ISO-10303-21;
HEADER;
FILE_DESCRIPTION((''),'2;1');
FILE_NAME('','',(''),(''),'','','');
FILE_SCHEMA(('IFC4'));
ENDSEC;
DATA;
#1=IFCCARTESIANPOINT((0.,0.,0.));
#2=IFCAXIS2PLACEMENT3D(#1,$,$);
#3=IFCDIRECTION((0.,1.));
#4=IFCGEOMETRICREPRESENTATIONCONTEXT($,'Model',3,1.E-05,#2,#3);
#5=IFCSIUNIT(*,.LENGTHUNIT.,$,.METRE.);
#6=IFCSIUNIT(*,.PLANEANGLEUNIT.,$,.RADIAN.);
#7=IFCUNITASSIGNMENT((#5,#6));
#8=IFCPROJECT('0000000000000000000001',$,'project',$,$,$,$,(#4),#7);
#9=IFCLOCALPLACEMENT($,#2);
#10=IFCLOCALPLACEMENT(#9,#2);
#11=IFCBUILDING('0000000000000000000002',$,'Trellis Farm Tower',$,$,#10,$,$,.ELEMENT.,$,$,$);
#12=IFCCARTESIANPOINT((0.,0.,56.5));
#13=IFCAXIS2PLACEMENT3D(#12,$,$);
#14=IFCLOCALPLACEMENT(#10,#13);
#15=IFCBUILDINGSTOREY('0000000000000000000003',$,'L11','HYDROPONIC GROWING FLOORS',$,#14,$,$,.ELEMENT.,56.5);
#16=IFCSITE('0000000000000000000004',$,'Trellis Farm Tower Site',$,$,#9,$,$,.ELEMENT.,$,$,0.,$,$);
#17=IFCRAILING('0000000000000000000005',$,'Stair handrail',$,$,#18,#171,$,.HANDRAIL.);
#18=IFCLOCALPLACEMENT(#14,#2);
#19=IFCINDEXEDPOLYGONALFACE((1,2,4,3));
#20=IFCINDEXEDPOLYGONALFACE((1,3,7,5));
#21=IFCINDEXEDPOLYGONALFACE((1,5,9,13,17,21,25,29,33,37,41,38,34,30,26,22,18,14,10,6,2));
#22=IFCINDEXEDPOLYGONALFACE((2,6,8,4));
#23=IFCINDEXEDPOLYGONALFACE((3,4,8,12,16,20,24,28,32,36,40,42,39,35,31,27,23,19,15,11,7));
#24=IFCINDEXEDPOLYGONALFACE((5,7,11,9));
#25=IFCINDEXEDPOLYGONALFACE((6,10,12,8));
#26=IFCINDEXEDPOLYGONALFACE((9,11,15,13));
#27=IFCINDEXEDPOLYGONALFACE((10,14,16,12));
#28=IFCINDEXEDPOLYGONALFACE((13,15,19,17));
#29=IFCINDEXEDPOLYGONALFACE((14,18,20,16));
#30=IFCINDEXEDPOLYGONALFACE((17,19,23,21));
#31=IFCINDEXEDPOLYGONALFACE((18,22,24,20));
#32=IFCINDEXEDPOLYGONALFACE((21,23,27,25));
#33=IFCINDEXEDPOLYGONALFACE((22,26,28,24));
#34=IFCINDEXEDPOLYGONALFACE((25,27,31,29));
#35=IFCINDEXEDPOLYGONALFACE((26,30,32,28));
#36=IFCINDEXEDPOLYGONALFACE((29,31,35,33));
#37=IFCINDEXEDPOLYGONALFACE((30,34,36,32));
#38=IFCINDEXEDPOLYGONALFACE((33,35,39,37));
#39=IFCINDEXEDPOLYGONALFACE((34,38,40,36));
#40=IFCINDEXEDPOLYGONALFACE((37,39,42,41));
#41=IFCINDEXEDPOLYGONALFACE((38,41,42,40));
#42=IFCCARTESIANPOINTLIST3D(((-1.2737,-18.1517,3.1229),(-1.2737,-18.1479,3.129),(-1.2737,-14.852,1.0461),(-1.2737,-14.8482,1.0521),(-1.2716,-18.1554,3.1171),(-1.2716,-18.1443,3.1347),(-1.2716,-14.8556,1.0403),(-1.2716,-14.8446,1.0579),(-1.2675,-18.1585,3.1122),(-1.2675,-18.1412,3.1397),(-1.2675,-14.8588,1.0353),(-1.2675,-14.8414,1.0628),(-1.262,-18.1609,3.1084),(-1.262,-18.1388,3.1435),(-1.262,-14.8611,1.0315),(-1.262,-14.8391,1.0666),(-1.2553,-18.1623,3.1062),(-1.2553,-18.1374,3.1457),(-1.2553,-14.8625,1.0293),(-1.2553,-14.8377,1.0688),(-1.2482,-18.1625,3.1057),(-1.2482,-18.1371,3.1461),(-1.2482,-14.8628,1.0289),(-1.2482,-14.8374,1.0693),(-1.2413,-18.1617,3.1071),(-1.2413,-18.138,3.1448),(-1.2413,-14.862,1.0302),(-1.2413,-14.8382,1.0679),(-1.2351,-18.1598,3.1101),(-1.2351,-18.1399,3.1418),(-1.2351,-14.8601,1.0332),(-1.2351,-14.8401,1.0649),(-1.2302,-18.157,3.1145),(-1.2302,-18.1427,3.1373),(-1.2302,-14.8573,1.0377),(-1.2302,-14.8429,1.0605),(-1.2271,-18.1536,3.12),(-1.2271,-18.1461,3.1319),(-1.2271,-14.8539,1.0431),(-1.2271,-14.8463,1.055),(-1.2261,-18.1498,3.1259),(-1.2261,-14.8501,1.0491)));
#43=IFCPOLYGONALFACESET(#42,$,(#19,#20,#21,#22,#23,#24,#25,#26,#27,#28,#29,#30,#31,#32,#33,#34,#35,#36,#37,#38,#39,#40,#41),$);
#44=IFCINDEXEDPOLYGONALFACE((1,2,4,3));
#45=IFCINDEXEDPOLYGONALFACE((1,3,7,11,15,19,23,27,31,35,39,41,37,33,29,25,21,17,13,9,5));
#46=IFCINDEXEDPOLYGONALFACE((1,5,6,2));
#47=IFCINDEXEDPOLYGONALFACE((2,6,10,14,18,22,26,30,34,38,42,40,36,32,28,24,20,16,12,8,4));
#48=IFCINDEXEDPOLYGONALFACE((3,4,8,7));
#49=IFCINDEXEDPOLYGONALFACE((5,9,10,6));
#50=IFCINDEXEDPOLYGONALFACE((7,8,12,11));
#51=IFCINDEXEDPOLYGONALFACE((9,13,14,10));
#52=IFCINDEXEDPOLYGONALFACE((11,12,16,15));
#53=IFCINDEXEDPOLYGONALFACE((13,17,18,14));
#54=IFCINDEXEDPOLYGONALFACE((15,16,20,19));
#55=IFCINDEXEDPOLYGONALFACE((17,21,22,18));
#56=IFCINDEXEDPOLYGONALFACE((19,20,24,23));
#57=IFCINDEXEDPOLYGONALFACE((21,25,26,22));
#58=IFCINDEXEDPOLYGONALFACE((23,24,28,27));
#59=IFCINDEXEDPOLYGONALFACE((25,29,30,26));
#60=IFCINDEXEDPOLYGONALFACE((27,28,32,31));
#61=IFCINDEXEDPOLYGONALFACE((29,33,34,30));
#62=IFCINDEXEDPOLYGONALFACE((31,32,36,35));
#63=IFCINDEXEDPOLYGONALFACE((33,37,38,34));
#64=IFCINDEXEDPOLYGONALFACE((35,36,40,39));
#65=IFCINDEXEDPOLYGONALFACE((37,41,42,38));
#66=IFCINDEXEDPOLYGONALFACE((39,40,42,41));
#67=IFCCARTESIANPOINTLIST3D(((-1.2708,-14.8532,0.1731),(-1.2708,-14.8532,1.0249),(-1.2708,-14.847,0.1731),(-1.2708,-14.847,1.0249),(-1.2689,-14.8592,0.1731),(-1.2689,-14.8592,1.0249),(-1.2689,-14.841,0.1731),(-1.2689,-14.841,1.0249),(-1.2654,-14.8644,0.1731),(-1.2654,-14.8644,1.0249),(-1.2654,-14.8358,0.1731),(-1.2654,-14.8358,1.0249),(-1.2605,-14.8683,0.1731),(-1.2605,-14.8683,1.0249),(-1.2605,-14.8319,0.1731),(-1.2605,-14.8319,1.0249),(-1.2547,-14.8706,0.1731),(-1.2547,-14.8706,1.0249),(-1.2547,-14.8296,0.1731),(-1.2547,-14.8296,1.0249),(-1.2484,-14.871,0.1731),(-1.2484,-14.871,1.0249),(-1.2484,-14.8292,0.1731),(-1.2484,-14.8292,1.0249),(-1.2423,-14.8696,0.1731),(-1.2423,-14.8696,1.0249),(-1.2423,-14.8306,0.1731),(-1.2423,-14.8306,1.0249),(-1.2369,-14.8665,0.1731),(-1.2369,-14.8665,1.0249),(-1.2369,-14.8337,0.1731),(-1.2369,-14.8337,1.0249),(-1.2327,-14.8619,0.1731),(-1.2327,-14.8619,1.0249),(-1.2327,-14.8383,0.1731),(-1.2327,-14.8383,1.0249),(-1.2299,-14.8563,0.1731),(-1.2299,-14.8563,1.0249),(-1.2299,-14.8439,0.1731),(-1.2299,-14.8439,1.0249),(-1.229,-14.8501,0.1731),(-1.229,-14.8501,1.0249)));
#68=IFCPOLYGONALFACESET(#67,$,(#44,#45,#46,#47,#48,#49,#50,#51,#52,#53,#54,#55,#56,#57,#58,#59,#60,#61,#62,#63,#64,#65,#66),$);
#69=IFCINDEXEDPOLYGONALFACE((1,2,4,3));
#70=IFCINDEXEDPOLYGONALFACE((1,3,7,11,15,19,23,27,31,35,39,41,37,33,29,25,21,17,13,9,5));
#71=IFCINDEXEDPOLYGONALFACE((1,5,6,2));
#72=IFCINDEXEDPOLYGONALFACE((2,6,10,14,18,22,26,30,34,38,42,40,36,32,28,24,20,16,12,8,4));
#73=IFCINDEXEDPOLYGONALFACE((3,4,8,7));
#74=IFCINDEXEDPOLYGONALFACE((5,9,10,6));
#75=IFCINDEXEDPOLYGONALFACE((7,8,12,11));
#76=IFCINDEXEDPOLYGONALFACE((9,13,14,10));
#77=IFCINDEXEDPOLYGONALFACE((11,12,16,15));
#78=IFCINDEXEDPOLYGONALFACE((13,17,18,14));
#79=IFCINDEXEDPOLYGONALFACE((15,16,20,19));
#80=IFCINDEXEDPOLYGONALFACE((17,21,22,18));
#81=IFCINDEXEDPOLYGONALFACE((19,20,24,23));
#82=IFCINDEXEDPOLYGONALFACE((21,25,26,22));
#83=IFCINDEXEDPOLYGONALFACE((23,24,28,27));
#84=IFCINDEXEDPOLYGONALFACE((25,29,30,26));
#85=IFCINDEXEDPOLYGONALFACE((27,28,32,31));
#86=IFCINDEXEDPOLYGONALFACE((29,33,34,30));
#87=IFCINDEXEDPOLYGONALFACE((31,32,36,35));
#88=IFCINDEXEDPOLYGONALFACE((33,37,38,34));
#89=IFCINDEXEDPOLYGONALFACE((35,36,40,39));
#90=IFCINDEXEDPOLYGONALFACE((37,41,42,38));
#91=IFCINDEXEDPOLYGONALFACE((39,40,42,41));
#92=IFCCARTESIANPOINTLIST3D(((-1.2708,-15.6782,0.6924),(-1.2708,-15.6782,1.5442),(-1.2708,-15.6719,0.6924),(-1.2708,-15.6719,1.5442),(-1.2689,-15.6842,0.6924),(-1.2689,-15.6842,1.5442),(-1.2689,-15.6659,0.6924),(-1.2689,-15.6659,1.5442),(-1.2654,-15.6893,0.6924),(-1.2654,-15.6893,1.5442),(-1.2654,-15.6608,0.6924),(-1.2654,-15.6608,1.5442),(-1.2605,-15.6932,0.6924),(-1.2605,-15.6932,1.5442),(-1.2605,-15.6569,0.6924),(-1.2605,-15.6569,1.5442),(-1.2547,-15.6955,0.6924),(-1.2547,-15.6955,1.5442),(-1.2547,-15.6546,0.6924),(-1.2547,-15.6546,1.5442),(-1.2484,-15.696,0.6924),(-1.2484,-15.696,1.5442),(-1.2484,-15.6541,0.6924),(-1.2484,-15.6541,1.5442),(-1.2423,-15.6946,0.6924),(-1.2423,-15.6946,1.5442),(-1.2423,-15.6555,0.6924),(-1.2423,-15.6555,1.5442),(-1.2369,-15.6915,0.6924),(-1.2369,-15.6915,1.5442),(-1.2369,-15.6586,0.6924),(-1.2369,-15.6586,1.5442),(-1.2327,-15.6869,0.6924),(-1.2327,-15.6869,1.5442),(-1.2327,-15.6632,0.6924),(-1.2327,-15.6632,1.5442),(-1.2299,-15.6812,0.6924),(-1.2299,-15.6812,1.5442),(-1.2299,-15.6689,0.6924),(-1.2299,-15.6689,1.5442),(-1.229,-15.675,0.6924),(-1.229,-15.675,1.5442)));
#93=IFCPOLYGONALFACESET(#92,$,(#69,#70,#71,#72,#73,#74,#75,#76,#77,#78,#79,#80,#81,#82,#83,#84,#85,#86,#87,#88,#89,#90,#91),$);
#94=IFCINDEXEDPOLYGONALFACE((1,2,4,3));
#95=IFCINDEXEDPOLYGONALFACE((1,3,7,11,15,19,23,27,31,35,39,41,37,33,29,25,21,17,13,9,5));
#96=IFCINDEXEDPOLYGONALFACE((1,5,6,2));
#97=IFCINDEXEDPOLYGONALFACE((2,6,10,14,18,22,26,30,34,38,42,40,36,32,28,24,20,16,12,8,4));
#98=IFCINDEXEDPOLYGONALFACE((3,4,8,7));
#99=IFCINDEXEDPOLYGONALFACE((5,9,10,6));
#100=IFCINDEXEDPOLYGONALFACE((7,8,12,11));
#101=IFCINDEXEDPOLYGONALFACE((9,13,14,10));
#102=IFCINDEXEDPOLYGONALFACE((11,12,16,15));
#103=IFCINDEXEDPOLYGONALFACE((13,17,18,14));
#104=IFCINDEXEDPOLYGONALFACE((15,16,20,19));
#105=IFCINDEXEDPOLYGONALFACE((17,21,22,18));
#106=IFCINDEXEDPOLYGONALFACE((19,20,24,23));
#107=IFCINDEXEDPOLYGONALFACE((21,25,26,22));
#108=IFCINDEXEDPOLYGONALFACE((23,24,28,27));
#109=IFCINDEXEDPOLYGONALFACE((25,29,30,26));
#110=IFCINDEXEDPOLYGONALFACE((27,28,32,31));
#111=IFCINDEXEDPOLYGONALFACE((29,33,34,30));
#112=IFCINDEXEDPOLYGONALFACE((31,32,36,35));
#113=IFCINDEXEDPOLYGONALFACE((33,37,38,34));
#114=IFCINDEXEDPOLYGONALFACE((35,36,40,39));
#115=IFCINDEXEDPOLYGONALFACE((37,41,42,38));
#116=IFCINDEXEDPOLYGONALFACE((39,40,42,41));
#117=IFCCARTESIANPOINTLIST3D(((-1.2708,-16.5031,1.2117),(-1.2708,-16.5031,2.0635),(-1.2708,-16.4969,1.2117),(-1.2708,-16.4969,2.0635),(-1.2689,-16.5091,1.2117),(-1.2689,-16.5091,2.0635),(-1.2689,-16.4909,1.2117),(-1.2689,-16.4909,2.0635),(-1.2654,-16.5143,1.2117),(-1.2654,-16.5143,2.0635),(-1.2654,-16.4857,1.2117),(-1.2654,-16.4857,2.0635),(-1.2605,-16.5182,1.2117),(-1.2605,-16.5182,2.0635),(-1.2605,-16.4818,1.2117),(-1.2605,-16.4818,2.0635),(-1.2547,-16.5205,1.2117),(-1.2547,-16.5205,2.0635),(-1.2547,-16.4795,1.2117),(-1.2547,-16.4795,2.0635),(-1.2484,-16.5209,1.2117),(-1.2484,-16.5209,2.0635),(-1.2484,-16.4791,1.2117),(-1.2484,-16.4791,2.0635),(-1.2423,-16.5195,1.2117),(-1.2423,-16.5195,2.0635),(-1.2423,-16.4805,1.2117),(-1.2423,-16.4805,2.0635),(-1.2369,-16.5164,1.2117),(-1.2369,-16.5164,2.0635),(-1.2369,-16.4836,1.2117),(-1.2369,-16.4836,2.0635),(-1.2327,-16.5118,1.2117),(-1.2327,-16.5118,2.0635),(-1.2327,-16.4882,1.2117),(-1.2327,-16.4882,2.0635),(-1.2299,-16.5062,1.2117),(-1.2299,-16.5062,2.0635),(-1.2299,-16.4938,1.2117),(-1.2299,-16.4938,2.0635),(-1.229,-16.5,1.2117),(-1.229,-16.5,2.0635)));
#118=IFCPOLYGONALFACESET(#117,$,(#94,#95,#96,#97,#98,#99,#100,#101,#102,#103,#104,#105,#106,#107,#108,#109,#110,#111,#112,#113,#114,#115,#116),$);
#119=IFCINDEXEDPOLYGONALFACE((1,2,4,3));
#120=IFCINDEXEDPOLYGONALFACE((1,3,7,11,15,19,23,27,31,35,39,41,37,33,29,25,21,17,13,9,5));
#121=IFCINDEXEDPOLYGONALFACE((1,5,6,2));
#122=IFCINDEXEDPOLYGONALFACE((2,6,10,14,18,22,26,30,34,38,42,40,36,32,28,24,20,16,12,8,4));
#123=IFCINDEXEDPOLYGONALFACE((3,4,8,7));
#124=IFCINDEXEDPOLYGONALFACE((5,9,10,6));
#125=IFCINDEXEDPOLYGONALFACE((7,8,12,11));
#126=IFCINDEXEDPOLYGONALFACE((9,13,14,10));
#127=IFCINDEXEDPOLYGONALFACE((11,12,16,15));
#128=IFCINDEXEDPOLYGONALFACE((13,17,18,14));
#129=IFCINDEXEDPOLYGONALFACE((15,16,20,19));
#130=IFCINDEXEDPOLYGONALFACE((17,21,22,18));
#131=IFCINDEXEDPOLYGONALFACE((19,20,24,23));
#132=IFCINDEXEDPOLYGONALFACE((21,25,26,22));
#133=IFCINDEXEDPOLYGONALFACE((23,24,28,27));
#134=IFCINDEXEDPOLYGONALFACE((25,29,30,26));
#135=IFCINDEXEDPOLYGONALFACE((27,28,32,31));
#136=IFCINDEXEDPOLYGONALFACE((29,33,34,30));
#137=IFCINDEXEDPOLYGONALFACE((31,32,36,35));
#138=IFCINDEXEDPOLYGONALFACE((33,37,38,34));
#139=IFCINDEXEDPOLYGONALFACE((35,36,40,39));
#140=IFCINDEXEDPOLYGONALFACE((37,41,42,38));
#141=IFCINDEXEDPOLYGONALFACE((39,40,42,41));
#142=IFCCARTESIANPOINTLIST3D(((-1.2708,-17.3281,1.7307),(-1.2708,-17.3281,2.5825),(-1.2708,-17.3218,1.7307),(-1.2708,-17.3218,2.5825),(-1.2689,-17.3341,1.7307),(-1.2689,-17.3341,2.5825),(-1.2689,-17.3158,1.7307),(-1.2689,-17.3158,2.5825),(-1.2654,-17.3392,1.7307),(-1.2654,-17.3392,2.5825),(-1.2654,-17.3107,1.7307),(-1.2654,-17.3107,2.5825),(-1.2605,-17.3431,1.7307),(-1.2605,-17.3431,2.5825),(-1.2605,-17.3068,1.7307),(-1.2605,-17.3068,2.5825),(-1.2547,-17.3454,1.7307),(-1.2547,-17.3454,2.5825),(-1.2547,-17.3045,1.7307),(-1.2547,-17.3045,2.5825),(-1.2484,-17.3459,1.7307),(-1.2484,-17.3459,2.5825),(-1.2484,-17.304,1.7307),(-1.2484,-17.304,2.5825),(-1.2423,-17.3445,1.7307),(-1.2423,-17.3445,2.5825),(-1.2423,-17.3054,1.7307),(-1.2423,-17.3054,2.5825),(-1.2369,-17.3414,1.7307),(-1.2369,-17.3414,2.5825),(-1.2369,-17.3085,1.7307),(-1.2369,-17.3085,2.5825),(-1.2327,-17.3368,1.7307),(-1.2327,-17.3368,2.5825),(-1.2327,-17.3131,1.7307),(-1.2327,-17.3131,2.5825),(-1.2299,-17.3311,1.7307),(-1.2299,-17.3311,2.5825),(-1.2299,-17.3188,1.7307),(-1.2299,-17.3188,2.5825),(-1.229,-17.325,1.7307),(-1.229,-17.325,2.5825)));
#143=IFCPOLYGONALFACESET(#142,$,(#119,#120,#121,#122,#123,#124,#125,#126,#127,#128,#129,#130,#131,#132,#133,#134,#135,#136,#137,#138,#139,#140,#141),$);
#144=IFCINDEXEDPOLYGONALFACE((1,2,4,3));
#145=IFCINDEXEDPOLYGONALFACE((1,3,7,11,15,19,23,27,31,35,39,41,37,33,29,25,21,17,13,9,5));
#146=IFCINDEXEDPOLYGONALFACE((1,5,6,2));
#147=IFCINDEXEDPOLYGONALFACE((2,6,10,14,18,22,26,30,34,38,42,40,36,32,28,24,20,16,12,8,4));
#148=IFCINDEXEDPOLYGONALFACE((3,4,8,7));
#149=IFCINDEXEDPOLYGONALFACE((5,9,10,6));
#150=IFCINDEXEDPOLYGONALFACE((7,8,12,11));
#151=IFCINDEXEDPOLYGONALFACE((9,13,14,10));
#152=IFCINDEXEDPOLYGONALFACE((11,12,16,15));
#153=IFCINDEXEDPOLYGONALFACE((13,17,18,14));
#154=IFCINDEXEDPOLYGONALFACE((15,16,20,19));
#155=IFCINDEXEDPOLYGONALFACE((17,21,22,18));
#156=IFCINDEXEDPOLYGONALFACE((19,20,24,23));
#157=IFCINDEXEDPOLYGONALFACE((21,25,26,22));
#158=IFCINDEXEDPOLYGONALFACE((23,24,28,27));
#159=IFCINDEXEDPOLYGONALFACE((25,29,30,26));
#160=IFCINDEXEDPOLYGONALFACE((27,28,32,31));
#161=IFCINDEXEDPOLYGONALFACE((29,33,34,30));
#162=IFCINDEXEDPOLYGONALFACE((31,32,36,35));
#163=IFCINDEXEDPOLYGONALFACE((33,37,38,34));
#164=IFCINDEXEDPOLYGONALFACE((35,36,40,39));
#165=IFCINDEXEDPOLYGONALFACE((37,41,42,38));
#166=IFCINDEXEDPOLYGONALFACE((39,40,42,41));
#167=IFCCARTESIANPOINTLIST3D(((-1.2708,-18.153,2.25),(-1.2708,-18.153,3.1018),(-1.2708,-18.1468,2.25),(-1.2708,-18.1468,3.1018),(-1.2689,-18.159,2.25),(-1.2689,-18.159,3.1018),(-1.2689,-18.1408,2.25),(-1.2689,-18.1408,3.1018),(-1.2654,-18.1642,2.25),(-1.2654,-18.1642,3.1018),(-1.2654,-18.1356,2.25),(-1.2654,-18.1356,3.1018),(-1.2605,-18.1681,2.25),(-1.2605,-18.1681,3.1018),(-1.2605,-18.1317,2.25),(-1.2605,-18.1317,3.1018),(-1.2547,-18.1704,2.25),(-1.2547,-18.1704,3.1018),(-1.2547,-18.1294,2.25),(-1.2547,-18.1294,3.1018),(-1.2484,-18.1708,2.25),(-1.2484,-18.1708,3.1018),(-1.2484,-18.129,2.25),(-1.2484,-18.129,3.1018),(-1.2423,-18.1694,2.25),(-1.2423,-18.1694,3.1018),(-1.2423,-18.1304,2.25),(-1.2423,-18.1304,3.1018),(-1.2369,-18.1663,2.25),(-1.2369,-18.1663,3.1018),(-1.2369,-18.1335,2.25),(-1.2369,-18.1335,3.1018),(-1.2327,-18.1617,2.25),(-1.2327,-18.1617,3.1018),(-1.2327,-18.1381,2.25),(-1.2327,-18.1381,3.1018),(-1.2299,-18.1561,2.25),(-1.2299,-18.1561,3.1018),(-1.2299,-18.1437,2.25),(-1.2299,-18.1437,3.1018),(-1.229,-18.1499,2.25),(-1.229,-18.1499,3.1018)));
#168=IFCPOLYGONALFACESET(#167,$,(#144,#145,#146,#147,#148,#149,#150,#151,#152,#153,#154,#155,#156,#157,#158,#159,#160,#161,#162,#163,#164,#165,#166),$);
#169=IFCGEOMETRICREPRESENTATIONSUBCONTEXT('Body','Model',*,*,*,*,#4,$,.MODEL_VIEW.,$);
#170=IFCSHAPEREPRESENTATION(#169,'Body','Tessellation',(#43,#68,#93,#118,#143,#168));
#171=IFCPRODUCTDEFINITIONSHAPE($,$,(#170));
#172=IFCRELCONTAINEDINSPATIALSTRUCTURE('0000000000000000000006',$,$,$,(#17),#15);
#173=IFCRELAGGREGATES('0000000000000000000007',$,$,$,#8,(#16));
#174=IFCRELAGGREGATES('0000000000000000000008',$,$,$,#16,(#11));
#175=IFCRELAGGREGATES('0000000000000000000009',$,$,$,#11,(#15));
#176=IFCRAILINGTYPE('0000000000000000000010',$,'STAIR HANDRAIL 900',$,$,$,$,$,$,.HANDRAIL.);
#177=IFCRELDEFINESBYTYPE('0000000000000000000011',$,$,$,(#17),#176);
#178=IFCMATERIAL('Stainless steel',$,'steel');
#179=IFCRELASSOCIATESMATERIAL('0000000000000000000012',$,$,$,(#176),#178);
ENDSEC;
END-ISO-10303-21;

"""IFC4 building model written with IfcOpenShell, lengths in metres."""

from ifc_helpers import new_model, si_unit, direction, frame, origin, origin_2d, place, context, subcontext, project, spatial, circle, extrude, source, transform, mapped, material, type_object, element, save


model = new_model("IFC4")

# Units and contexts
model_context = context("Model", 3, precision=1e-05, world=origin(), true_north=direction((0.0, 1.0)))
body_context = subcontext(model_context, "Body", "Model", "MODEL_VIEW")
ifc_project = project(units=[si_unit("LENGTHUNIT", "METRE"), si_unit("PLANEANGLEUNIT", "RADIAN")], contexts=[model_context])

# Site, building, storey
site_placement = place(None, origin())
site = spatial("IfcSite", under=ifc_project, at=site_placement, Name="Trellis Farm Tower Site", CompositionType="ELEMENT", RefElevation=0.0)
building_placement = place(site_placement, origin())
building = spatial("IfcBuilding", under=site, at=building_placement, Name="Trellis Farm Tower", CompositionType="ELEMENT")
storey_placement = place(building_placement, frame((0.0, 0.0, 56.5)))
storey = spatial("IfcBuildingStorey", under=building, at=storey_placement, Name="L11", Description="HYDROPONIC GROWING FLOORS", CompositionType="ELEMENT", Elevation=56.5)

# Railing
ifc_material_1 = material(Name="Stainless steel", Category="steel")
railing_type = type_object("IfcRailingType", Name="STAIR HANDRAIL 900", PredefinedType="HANDRAIL", material=ifc_material_1)
shared_shape_1 = source(origin(), body_context, "Body", "SweptSolid", [
    extrude(circle(Radius=0.0239, at=origin_2d()), frame((0.0, 0.0, 0.876), z_axis=(0.0, -0.84632, 0.532675), x_axis=(1.0, 0.0, 0.0)), (0.0, 0.0, 1.0), 3.8989),
    extrude(circle(Radius=0.021, at=origin_2d()), origin(), (0.0, 0.0, 1.0), 0.8518),
    extrude(circle(Radius=0.021, at=origin_2d()), frame((0.0, -0.825, 0.5193)), (0.0, 0.0, 1.0), 0.8518),
    extrude(circle(Radius=0.021, at=origin_2d()), frame((0.0, -1.6499, 1.0386)), (0.0, 0.0, 1.0), 0.8518),
    extrude(circle(Radius=0.021, at=origin_2d()), frame((0.0, -2.4749, 1.5576)), (0.0, 0.0, 1.0), 0.8518),
    extrude(circle(Radius=0.021, at=origin_2d()), frame((0.0, -3.2998, 2.0769)), (0.0, 0.0, 1.0), 0.8518),
])
railing_placement = place(storey_placement, frame((-1.25, -14.8501, 0.1731)))
element("IfcRailing", 1, at=railing_placement, inside=storey, type_object=railing_type, Name="Stair handrail", PredefinedType="HANDRAIL", context=body_context, shape_type="MappedRepresentation", body=[
    mapped(shared_shape_1, transform((0.0, 0.0, 0.0))),
])

save(model, "model.ifc")
